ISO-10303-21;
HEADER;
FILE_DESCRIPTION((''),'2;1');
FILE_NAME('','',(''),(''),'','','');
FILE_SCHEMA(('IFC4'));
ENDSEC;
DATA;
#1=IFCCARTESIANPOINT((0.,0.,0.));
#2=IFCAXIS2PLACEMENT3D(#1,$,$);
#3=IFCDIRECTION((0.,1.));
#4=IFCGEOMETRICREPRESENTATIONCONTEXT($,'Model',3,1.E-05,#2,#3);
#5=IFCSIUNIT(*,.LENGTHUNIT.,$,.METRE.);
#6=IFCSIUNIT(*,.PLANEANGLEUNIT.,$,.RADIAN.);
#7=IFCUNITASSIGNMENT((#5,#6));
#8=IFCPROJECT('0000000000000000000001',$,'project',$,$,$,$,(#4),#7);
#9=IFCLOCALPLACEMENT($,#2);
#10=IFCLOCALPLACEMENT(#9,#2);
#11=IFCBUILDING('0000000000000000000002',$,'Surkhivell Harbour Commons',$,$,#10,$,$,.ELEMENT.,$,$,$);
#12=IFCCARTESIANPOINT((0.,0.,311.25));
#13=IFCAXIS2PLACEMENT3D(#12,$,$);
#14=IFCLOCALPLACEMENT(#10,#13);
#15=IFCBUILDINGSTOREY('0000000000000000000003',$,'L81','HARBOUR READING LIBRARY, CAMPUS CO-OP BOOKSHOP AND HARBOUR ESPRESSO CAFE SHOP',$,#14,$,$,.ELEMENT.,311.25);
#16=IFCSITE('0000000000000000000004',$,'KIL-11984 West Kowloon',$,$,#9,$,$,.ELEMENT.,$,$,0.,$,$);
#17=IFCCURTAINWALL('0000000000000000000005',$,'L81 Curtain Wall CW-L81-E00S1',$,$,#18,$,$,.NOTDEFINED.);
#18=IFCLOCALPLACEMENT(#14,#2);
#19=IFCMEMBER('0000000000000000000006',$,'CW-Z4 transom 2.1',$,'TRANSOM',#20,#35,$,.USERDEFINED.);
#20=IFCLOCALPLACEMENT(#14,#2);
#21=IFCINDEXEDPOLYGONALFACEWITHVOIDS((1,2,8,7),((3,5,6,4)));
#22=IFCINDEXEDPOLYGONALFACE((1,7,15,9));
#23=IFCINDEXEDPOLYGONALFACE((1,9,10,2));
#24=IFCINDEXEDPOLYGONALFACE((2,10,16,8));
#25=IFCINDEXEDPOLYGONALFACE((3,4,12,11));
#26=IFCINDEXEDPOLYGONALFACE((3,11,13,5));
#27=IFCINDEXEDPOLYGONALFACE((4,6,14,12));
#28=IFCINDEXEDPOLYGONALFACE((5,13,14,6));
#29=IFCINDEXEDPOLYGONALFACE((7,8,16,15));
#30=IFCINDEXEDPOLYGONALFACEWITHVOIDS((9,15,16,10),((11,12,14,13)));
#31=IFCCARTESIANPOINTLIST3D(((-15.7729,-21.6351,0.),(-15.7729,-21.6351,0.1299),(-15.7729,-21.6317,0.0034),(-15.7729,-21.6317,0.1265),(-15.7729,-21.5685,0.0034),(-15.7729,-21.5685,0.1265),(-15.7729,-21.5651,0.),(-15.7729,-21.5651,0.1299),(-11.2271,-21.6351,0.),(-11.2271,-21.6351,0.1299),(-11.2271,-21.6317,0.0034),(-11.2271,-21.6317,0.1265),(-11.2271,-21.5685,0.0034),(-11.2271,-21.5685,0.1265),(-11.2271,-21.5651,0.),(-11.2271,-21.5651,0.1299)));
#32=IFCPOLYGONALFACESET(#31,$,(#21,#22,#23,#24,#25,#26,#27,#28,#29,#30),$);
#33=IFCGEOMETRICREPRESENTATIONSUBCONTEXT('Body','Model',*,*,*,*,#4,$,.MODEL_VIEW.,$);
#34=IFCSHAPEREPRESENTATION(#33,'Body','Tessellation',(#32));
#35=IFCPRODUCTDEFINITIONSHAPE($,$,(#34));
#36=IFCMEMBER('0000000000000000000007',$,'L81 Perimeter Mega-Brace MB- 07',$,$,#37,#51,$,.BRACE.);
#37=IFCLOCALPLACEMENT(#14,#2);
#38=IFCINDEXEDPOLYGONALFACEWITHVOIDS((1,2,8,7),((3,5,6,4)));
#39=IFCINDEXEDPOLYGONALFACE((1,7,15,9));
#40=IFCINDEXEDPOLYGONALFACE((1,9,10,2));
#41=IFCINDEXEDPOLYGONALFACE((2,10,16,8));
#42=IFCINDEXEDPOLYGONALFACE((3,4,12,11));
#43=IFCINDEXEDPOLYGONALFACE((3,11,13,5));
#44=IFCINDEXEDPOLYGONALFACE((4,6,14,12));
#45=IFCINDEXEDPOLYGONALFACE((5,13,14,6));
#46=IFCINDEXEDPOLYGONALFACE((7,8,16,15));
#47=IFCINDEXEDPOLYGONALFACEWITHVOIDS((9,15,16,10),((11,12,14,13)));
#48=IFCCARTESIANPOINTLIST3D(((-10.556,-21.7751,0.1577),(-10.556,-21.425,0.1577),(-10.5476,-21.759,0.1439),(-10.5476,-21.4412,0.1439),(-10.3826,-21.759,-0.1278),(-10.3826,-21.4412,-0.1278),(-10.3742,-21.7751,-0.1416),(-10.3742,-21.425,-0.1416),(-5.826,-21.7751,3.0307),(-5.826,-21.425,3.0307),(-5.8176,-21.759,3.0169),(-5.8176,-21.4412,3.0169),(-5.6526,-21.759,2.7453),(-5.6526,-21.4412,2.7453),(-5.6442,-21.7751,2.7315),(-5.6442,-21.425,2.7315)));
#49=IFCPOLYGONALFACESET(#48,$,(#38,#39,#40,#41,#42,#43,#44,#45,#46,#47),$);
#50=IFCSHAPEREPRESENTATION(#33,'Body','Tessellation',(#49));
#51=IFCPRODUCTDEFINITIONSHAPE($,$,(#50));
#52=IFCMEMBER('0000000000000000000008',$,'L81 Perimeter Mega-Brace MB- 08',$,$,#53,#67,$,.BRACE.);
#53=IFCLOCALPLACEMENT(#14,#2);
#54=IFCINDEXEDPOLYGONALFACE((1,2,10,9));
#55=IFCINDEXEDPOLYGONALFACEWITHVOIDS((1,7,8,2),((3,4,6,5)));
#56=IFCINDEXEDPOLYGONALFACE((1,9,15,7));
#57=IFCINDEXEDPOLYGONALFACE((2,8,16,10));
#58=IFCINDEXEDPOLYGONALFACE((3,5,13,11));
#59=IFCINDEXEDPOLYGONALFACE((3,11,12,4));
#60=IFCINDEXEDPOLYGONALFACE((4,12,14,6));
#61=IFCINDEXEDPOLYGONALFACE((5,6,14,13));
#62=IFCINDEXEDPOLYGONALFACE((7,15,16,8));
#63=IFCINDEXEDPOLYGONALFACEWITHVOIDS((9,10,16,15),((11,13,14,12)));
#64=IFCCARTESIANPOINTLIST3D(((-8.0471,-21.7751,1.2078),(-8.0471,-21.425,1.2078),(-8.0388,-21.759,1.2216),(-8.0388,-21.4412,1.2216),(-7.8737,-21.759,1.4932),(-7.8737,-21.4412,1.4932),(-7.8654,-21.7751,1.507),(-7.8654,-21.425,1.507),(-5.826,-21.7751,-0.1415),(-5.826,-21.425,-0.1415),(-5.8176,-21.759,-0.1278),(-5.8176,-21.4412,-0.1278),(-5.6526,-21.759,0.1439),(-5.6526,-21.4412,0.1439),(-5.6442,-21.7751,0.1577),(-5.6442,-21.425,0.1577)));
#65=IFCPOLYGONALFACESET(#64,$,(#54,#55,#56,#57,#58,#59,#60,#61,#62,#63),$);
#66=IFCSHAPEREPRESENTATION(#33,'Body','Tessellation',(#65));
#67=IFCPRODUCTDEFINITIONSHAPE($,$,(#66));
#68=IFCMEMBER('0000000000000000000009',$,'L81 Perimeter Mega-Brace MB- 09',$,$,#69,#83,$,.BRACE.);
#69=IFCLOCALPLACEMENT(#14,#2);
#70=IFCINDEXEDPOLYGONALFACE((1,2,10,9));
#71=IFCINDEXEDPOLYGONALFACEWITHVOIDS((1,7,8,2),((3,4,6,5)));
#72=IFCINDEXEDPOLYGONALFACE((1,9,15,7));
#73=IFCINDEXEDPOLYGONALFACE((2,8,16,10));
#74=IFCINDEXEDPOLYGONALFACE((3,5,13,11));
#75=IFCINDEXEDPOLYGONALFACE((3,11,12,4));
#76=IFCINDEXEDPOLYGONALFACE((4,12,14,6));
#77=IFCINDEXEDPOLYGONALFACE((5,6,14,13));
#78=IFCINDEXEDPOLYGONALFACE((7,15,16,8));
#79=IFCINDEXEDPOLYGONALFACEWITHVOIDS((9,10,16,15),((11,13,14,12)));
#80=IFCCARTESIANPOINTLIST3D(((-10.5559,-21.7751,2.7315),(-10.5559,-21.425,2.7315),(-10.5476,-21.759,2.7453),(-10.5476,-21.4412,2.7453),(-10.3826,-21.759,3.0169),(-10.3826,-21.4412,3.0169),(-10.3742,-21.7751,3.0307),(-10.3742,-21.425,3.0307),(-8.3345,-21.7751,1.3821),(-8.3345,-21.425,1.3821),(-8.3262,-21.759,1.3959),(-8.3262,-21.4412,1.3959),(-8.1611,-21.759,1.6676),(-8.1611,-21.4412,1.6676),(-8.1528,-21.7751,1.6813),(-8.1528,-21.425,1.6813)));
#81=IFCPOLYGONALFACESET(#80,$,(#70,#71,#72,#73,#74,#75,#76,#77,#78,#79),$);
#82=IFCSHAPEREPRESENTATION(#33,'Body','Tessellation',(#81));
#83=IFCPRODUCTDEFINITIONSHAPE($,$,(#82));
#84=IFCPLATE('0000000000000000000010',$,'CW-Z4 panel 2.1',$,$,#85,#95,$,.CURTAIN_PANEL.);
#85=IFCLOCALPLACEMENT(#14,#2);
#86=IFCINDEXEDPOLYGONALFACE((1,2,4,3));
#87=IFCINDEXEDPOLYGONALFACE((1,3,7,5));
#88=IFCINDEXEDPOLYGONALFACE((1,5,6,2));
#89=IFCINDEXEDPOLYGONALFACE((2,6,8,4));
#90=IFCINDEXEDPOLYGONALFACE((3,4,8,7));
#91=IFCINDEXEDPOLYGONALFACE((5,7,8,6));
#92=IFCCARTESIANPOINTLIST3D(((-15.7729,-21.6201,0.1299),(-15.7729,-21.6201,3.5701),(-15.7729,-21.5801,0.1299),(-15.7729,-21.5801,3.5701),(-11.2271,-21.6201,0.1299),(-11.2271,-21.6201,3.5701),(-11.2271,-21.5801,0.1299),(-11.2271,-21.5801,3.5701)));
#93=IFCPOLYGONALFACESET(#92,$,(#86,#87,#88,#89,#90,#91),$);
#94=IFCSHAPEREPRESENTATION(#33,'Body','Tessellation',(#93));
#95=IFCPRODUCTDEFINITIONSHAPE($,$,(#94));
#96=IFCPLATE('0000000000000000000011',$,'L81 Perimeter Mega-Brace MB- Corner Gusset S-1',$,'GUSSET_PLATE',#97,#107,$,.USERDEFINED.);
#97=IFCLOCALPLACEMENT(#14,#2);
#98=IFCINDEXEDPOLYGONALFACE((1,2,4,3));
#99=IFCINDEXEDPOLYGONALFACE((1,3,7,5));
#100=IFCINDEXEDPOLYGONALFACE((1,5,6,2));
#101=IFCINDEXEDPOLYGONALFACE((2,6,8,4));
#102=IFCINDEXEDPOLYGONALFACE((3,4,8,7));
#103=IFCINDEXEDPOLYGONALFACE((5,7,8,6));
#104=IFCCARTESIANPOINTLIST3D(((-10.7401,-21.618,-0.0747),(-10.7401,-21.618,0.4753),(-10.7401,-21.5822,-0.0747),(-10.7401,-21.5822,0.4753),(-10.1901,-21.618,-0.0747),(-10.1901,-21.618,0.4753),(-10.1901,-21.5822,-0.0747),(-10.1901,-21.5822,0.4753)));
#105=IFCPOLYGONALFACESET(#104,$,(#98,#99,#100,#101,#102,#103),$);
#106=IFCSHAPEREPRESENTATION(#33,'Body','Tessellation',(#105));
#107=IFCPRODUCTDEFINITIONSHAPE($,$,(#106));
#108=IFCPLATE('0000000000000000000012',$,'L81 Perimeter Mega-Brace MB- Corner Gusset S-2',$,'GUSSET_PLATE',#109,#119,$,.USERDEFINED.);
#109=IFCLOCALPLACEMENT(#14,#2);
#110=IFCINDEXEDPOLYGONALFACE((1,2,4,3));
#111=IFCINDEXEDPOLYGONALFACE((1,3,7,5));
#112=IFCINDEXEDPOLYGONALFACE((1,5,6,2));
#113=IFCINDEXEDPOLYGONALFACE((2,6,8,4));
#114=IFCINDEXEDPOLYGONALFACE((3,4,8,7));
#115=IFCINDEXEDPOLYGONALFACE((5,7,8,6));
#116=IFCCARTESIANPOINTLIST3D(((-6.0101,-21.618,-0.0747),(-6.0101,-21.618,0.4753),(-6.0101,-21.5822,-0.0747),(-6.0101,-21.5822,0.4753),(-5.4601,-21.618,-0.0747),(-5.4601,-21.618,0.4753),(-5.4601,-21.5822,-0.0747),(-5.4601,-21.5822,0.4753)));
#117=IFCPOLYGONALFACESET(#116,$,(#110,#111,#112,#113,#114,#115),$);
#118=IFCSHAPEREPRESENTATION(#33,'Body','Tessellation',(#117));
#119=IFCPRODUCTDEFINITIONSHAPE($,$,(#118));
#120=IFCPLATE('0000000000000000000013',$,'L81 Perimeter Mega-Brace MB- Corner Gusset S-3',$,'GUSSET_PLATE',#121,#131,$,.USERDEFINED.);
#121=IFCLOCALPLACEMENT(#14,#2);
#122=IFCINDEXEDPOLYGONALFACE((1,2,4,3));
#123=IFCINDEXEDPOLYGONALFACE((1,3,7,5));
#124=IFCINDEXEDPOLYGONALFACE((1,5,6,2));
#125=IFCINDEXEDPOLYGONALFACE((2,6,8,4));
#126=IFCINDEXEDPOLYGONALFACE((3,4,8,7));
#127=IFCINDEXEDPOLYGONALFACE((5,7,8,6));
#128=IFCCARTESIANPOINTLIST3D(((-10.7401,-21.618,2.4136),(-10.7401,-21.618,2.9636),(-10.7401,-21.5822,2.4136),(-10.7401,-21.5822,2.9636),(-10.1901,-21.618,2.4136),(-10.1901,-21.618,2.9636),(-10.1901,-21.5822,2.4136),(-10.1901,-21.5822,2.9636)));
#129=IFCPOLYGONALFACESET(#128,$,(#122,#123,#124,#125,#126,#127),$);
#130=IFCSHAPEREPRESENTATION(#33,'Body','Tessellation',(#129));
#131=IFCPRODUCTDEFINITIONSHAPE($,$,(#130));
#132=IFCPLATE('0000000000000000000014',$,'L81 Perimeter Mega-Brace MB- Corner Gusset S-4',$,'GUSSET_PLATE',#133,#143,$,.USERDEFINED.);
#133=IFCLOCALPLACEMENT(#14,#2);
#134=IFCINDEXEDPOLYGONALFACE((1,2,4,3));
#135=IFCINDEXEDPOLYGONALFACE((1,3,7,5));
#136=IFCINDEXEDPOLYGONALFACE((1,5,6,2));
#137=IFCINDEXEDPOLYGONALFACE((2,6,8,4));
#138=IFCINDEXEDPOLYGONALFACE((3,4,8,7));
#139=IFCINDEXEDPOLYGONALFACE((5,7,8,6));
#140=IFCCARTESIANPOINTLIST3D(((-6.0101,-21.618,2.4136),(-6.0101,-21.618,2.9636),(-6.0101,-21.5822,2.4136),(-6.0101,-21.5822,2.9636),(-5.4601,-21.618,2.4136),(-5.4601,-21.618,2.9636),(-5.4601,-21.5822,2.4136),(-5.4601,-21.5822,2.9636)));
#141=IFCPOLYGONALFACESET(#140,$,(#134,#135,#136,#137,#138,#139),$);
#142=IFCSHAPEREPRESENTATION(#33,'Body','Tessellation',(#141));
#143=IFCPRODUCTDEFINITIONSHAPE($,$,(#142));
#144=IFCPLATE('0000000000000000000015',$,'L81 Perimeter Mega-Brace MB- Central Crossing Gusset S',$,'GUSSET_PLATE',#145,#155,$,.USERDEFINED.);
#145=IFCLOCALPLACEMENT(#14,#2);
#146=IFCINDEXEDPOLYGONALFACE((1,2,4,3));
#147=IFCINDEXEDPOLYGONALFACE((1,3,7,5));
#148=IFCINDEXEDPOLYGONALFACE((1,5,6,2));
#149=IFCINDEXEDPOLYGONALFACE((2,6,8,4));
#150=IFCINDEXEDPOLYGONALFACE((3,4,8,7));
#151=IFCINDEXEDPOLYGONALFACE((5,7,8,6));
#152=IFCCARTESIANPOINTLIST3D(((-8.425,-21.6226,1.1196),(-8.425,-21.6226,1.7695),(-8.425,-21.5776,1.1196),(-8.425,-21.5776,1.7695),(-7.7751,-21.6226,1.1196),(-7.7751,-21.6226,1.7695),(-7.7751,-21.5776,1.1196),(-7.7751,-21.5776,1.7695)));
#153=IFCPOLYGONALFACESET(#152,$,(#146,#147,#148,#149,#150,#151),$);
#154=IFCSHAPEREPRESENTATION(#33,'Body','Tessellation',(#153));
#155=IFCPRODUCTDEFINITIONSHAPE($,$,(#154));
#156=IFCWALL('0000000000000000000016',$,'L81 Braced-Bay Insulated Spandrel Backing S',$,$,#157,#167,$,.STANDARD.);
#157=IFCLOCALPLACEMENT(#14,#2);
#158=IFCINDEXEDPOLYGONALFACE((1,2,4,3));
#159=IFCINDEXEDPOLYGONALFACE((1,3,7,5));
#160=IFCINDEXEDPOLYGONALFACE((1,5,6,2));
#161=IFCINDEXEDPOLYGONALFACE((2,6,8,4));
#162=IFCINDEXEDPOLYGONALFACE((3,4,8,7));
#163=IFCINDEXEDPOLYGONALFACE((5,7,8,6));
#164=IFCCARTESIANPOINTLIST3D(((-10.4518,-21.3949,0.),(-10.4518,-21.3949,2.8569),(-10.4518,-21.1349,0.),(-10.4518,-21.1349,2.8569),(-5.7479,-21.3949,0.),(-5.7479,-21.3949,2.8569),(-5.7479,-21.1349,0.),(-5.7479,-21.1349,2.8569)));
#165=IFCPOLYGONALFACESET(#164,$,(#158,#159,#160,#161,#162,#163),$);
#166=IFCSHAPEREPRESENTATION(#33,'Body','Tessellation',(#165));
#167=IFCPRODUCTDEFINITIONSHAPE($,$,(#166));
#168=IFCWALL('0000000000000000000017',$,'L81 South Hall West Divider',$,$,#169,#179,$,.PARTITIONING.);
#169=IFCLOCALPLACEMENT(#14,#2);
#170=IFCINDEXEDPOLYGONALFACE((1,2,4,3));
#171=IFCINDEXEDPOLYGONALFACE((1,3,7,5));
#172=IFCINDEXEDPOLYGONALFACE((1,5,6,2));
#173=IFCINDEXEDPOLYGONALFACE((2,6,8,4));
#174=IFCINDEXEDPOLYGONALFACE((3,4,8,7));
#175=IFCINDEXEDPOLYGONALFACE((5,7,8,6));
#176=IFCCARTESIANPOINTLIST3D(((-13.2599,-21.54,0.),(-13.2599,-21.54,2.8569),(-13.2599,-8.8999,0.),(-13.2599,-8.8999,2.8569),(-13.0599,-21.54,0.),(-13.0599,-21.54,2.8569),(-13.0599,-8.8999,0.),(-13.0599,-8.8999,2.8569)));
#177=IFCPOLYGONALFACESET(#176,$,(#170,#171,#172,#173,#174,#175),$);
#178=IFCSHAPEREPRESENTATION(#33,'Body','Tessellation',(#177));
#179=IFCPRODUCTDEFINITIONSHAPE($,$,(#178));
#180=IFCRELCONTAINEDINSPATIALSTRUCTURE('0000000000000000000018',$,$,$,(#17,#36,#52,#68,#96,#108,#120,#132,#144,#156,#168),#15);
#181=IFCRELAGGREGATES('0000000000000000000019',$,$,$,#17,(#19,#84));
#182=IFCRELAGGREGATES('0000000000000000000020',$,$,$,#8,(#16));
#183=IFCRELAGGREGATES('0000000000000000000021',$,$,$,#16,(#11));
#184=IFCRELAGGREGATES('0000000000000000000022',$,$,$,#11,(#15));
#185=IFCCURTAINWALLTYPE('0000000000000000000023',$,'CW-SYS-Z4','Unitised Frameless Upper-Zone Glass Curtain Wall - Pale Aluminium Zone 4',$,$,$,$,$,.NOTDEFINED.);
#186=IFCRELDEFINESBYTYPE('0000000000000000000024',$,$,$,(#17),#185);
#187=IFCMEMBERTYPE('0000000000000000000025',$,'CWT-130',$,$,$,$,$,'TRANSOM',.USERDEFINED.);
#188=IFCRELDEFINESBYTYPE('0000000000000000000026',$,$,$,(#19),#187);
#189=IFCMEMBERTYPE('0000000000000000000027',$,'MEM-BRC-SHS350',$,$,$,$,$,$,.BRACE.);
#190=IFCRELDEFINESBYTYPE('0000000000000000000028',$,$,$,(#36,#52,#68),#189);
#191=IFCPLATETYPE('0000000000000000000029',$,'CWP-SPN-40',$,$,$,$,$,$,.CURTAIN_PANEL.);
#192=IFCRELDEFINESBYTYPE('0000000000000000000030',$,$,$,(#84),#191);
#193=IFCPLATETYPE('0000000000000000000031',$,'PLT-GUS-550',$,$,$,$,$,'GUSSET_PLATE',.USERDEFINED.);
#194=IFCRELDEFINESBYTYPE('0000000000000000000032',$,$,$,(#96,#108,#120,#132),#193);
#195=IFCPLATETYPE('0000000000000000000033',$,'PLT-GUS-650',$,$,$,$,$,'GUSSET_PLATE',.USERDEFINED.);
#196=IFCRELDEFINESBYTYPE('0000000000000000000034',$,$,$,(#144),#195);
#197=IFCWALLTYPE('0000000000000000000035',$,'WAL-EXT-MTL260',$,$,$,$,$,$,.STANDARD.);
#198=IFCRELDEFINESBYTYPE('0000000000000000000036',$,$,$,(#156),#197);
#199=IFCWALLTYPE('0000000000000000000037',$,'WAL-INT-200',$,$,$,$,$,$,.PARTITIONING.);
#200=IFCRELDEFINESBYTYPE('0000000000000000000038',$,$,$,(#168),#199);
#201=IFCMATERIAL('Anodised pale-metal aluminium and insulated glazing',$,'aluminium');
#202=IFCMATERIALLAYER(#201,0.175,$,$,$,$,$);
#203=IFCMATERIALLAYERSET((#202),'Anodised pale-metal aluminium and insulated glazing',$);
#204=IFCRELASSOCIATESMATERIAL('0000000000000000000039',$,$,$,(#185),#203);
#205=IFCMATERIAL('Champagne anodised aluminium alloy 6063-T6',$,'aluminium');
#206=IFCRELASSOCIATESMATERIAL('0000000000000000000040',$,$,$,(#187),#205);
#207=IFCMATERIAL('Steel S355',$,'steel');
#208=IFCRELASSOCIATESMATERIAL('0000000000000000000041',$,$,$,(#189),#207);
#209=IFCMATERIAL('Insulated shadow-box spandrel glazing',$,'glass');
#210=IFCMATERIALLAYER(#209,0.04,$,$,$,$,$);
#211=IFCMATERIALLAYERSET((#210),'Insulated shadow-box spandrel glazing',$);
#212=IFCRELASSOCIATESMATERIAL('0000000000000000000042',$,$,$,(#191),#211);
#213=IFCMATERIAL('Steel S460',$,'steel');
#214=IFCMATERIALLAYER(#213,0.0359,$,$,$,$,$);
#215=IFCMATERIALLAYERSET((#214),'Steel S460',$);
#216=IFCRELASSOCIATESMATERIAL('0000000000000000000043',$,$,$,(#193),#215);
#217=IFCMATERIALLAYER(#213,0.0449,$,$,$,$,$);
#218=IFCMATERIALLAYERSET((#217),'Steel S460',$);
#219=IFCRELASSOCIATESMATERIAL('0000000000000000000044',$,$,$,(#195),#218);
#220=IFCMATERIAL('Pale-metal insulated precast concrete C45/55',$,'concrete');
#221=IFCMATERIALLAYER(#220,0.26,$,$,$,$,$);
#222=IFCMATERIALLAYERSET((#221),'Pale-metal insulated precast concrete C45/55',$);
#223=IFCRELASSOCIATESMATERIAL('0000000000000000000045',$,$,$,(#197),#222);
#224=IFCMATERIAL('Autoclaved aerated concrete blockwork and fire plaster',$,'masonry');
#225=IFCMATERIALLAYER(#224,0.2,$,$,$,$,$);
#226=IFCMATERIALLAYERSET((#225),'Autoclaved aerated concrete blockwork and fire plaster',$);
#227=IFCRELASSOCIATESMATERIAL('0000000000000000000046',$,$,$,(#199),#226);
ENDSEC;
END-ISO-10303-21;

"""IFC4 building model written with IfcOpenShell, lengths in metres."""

from ifc_helpers import new_model, si_unit, direction, frame, frame_2d, origin, origin_2d, place, context, subcontext, project, spatial, rectangle, hollow_rectangle, extrude, material, layer, layer_set, material_profile, profile_set, type_object, element, aggregate, save


model = new_model("IFC4")

# Units and contexts
model_context = context("Model", 3, precision=1e-05, world=origin(), true_north=direction((0.0, 1.0)))
body_context = subcontext(model_context, "Body", "Model", "MODEL_VIEW")
ifc_project = project(units=[si_unit("LENGTHUNIT", "METRE"), si_unit("PLANEANGLEUNIT", "RADIAN")], contexts=[model_context])

# Site, building, storey
site_placement = place(None, origin())
site = spatial("IfcSite", under=ifc_project, at=site_placement, Name="KIL-11984 West Kowloon", CompositionType="ELEMENT", RefElevation=0.0)
building_placement = place(site_placement, origin())
building = spatial("IfcBuilding", under=site, at=building_placement, Name="Surkhivell Harbour Commons", CompositionType="ELEMENT")
storey_placement = place(building_placement, frame((0.0, 0.0, 311.25)))
storey = spatial("IfcBuildingStorey", under=building, at=storey_placement, Name="L81", Description="HARBOUR READING LIBRARY, CAMPUS CO-OP BOOKSHOP AND HARBOUR ESPRESSO CAFE SHOP", CompositionType="ELEMENT", Elevation=311.25)

# Shared definitions
ifc_material_1 = material(Name="Steel S355", Category="steel")

# Curtain wall, member
ifc_material_2 = material(Name="Anodised pale-metal aluminium and insulated glazing", Category="aluminium")
ifc_layer_1 = layer(ifc_material_2, 0.175)
ifc_layer_set_1 = layer_set([ifc_layer_1], Name="Anodised pale-metal aluminium and insulated glazing")
curtain_wall_type = type_object("IfcCurtainWallType", Name="CW-SYS-Z4", Description="Unitised Frameless Upper-Zone Glass Curtain Wall - Pale Aluminium Zone 4", PredefinedType="NOTDEFINED", material=ifc_layer_set_1)
curtain_wall_placement = place(storey_placement, origin())
curtain_wall = element("IfcCurtainWall", 1, at=curtain_wall_placement, inside=storey, type_object=curtain_wall_type, Name="L81 Curtain Wall CW-L81-E00S1", PredefinedType="NOTDEFINED")
ifc_material_3 = material(Name="Champagne anodised aluminium alloy 6063-T6", Category="aluminium")
ifc_material_profile_1 = material_profile(ifc_material_3, hollow_rectangle(XDim=0.0701, YDim=0.1299, WallThickness=0.0034, at=origin_2d()), Name="ALU-TRAN-70x130")
ifc_profile_set_1 = profile_set([ifc_material_profile_1], Name="Champagne anodised aluminium alloy 6063-T6")
member_type_1 = type_object("IfcMemberType", Name="CWT-130", ElementType="TRANSOM", PredefinedType="USERDEFINED", material=ifc_profile_set_1)
member_1_placement = place(storey_placement, frame((-15.7729, -21.6001, 0.0649), z_axis=(1.0, 0.0, 0.0), x_axis=(0.0, 1.0, 0.0)))
member_1 = element("IfcMember", 2, at=member_1_placement, type_object=member_type_1, Name="CW-Z4 transom 2.1", ObjectType="TRANSOM", PredefinedType="USERDEFINED", context=body_context, shape_type="SweptSolid", body=[
    extrude(hollow_rectangle(XDim=0.0701, YDim=0.1299, WallThickness=0.0034, at=origin_2d()), origin(), (0.0, 0.0, 1.0), 4.5459),
])

# Members
ifc_material_profile_2 = material_profile(ifc_material_1, hollow_rectangle(XDim=0.3501, YDim=0.3501, WallThickness=0.0161, at=origin_2d()), Name="SHS350x350x16")
ifc_profile_set_2 = profile_set([ifc_material_profile_2], Name="Steel S355")
member_type_2 = type_object("IfcMemberType", Name="MEM-BRC-SHS350", PredefinedType="BRACE", material=ifc_profile_set_2)
member_2_placement = place(storey_placement, frame((-10.4651, -21.6001, 0.0081), z_axis=(0.854685, 0.0, 0.519146), x_axis=(0.0, 1.0, 0.0)))
element("IfcMember", 3, at=member_2_placement, inside=storey, type_object=member_type_2, Name="L81 Perimeter Mega-Brace MB- 07", PredefinedType="BRACE", context=body_context, shape_type="SweptSolid", body=[
    extrude(hollow_rectangle(XDim=0.3501, YDim=0.3501, WallThickness=0.0161, at=origin_2d()), origin(), (0.0, 0.0, 1.0), 5.5342),
])
member_3_placement = place(storey_placement, frame((-5.7351, -21.6001, 0.0081), z_axis=(-0.854654, 0.0, 0.519199), x_axis=(0.0, -1.0, 0.0)))
element("IfcMember", 4, at=member_3_placement, inside=storey, type_object=member_type_2, Name="L81 Perimeter Mega-Brace MB- 08", PredefinedType="BRACE", context=body_context, shape_type="SweptSolid", body=[
    extrude(hollow_rectangle(XDim=0.3501, YDim=0.3501, WallThickness=0.0161, at=origin_2d()), origin(), (0.0, 0.0, 1.0), 2.5989),
])
member_4_placement = place(storey_placement, frame((-8.2437, -21.6001, 1.5317), z_axis=(-0.854679, 0.0, 0.519157), x_axis=(0.0, -1.0, 0.0)))
element("IfcMember", 5, at=member_4_placement, inside=storey, type_object=member_type_2, Name="L81 Perimeter Mega-Brace MB- 09", PredefinedType="BRACE", context=body_context, shape_type="SweptSolid", body=[
    extrude(hollow_rectangle(XDim=0.3501, YDim=0.3501, WallThickness=0.0161, at=origin_2d()), origin(), (0.0, 0.0, 1.0), 2.5991),
])

# Plate
ifc_material_4 = material(Name="Insulated shadow-box spandrel glazing", Category="glass")
ifc_layer_2 = layer(ifc_material_4, 0.04)
ifc_layer_set_2 = layer_set([ifc_layer_2], Name="Insulated shadow-box spandrel glazing")
plate_type_1 = type_object("IfcPlateType", Name="CWP-SPN-40", PredefinedType="CURTAIN_PANEL", material=ifc_layer_set_2)
plate_1_placement = place(storey_placement, frame((-15.7729, -21.6001, 0.1299), z_axis=(0.0, 0.0, 1.0), x_axis=(1.0, 0.0, 0.0)))
plate_1 = element("IfcPlate", 6, at=plate_1_placement, type_object=plate_type_1, Name="CW-Z4 panel 2.1", PredefinedType="CURTAIN_PANEL", context=body_context, shape_type="SweptSolid", body=[
    extrude(rectangle(XDim=4.5459, YDim=0.04, at=frame_2d((2.2729, 0.0))), origin(), (0.0, 0.0, 1.0), 3.4402),
])
aggregate(curtain_wall, [member_1, plate_1])

# Plates
ifc_material_5 = material(Name="Steel S460", Category="steel")
ifc_layer_3 = layer(ifc_material_5, 0.0359)
ifc_layer_set_3 = layer_set([ifc_layer_3], Name="Steel S460")
plate_type_2 = type_object("IfcPlateType", Name="PLT-GUS-550", ElementType="GUSSET_PLATE", PredefinedType="USERDEFINED", material=ifc_layer_set_3)
for number, where, z_axis, x_axis, name in (
    (7, (-10.4651, -21.6001, -0.0747), (0.0, 0.0, 1.0), (1.0, 0.0, 0.0), "L81 Perimeter Mega-Brace MB- Corner Gusset S-1"),
    (8, (-5.7351, -21.6001, -0.0747), (0.0, 0.0, 1.0), (1.0, 0.0, 0.0), "L81 Perimeter Mega-Brace MB- Corner Gusset S-2"),
    (9, (-10.4651, -21.6001, 2.4136), (0.0, 0.0, 1.0), (1.0, 0.0, 0.0), "L81 Perimeter Mega-Brace MB- Corner Gusset S-3"),
    (10, (-5.7351, -21.6001, 2.4136), (0.0, 0.0, 1.0), (1.0, 0.0, 0.0), "L81 Perimeter Mega-Brace MB- Corner Gusset S-4"),
):
    element("IfcPlate", number, at=place(storey_placement, frame(where, z_axis=z_axis, x_axis=x_axis)), inside=storey, type_object=plate_type_2, Name=name, ObjectType="GUSSET_PLATE", PredefinedType="USERDEFINED", context=body_context, shape_type="SweptSolid", body=[
        extrude(rectangle(XDim=0.55, YDim=0.0359, at=origin_2d()), origin(), (0.0, 0.0, 1.0), 0.55),
    ])
ifc_layer_4 = layer(ifc_material_5, 0.0449)
ifc_layer_set_4 = layer_set([ifc_layer_4], Name="Steel S460")
plate_type_3 = type_object("IfcPlateType", Name="PLT-GUS-650", ElementType="GUSSET_PLATE", PredefinedType="USERDEFINED", material=ifc_layer_set_4)
plate_2_placement = place(storey_placement, frame((-8.1001, -21.6001, 1.1196), z_axis=(0.0, 0.0, 1.0), x_axis=(1.0, 0.0, 0.0)))
element("IfcPlate", 11, at=plate_2_placement, inside=storey, type_object=plate_type_3, Name="L81 Perimeter Mega-Brace MB- Central Crossing Gusset S", ObjectType="GUSSET_PLATE", PredefinedType="USERDEFINED", context=body_context, shape_type="SweptSolid", body=[
    extrude(rectangle(XDim=0.6499, YDim=0.0449, at=origin_2d()), origin(), (0.0, 0.0, 1.0), 0.6499),
])

# Walls
ifc_material_6 = material(Name="Pale-metal insulated precast concrete C45/55", Category="concrete")
ifc_layer_5 = layer(ifc_material_6, 0.26)
ifc_layer_set_5 = layer_set([ifc_layer_5], Name="Pale-metal insulated precast concrete C45/55")
wall_type_1 = type_object("IfcWallType", Name="WAL-EXT-MTL260", PredefinedType="STANDARD", material=ifc_layer_set_5)
wall_1_placement = place(storey_placement, frame((-10.4519, -21.2649, 0.0), z_axis=(0.0, 0.0, 1.0), x_axis=(1.0, 0.0, 0.0)))
element("IfcWall", 12, at=wall_1_placement, inside=storey, type_object=wall_type_1, Name="L81 Braced-Bay Insulated Spandrel Backing S", PredefinedType="STANDARD", context=body_context, shape_type="SweptSolid", body=[
    extrude(rectangle(XDim=4.7039, YDim=0.26, at=frame_2d((2.3521, 0.0))), origin(), (0.0, 0.0, 1.0), 2.8569),
])
ifc_material_7 = material(Name="Autoclaved aerated concrete blockwork and fire plaster", Category="masonry")
ifc_layer_6 = layer(ifc_material_7, 0.2)
ifc_layer_set_6 = layer_set([ifc_layer_6], Name="Autoclaved aerated concrete blockwork and fire plaster")
wall_type_2 = type_object("IfcWallType", Name="WAL-INT-200", PredefinedType="PARTITIONING", material=ifc_layer_set_6)
wall_2_placement = place(storey_placement, frame((-13.1599, -21.54, 0.0), z_axis=(0.0, 0.0, 1.0), x_axis=(0.0, 1.0, 0.0)))
element("IfcWall", 13, at=wall_2_placement, inside=storey, type_object=wall_type_2, Name="L81 South Hall West Divider", PredefinedType="PARTITIONING", context=body_context, shape_type="SweptSolid", body=[
    extrude(rectangle(XDim=12.6401, YDim=0.2, at=frame_2d((6.3201, 0.0))), origin(), (0.0, 0.0, 1.0), 2.8569),
])

save(model, "model.ifc")
